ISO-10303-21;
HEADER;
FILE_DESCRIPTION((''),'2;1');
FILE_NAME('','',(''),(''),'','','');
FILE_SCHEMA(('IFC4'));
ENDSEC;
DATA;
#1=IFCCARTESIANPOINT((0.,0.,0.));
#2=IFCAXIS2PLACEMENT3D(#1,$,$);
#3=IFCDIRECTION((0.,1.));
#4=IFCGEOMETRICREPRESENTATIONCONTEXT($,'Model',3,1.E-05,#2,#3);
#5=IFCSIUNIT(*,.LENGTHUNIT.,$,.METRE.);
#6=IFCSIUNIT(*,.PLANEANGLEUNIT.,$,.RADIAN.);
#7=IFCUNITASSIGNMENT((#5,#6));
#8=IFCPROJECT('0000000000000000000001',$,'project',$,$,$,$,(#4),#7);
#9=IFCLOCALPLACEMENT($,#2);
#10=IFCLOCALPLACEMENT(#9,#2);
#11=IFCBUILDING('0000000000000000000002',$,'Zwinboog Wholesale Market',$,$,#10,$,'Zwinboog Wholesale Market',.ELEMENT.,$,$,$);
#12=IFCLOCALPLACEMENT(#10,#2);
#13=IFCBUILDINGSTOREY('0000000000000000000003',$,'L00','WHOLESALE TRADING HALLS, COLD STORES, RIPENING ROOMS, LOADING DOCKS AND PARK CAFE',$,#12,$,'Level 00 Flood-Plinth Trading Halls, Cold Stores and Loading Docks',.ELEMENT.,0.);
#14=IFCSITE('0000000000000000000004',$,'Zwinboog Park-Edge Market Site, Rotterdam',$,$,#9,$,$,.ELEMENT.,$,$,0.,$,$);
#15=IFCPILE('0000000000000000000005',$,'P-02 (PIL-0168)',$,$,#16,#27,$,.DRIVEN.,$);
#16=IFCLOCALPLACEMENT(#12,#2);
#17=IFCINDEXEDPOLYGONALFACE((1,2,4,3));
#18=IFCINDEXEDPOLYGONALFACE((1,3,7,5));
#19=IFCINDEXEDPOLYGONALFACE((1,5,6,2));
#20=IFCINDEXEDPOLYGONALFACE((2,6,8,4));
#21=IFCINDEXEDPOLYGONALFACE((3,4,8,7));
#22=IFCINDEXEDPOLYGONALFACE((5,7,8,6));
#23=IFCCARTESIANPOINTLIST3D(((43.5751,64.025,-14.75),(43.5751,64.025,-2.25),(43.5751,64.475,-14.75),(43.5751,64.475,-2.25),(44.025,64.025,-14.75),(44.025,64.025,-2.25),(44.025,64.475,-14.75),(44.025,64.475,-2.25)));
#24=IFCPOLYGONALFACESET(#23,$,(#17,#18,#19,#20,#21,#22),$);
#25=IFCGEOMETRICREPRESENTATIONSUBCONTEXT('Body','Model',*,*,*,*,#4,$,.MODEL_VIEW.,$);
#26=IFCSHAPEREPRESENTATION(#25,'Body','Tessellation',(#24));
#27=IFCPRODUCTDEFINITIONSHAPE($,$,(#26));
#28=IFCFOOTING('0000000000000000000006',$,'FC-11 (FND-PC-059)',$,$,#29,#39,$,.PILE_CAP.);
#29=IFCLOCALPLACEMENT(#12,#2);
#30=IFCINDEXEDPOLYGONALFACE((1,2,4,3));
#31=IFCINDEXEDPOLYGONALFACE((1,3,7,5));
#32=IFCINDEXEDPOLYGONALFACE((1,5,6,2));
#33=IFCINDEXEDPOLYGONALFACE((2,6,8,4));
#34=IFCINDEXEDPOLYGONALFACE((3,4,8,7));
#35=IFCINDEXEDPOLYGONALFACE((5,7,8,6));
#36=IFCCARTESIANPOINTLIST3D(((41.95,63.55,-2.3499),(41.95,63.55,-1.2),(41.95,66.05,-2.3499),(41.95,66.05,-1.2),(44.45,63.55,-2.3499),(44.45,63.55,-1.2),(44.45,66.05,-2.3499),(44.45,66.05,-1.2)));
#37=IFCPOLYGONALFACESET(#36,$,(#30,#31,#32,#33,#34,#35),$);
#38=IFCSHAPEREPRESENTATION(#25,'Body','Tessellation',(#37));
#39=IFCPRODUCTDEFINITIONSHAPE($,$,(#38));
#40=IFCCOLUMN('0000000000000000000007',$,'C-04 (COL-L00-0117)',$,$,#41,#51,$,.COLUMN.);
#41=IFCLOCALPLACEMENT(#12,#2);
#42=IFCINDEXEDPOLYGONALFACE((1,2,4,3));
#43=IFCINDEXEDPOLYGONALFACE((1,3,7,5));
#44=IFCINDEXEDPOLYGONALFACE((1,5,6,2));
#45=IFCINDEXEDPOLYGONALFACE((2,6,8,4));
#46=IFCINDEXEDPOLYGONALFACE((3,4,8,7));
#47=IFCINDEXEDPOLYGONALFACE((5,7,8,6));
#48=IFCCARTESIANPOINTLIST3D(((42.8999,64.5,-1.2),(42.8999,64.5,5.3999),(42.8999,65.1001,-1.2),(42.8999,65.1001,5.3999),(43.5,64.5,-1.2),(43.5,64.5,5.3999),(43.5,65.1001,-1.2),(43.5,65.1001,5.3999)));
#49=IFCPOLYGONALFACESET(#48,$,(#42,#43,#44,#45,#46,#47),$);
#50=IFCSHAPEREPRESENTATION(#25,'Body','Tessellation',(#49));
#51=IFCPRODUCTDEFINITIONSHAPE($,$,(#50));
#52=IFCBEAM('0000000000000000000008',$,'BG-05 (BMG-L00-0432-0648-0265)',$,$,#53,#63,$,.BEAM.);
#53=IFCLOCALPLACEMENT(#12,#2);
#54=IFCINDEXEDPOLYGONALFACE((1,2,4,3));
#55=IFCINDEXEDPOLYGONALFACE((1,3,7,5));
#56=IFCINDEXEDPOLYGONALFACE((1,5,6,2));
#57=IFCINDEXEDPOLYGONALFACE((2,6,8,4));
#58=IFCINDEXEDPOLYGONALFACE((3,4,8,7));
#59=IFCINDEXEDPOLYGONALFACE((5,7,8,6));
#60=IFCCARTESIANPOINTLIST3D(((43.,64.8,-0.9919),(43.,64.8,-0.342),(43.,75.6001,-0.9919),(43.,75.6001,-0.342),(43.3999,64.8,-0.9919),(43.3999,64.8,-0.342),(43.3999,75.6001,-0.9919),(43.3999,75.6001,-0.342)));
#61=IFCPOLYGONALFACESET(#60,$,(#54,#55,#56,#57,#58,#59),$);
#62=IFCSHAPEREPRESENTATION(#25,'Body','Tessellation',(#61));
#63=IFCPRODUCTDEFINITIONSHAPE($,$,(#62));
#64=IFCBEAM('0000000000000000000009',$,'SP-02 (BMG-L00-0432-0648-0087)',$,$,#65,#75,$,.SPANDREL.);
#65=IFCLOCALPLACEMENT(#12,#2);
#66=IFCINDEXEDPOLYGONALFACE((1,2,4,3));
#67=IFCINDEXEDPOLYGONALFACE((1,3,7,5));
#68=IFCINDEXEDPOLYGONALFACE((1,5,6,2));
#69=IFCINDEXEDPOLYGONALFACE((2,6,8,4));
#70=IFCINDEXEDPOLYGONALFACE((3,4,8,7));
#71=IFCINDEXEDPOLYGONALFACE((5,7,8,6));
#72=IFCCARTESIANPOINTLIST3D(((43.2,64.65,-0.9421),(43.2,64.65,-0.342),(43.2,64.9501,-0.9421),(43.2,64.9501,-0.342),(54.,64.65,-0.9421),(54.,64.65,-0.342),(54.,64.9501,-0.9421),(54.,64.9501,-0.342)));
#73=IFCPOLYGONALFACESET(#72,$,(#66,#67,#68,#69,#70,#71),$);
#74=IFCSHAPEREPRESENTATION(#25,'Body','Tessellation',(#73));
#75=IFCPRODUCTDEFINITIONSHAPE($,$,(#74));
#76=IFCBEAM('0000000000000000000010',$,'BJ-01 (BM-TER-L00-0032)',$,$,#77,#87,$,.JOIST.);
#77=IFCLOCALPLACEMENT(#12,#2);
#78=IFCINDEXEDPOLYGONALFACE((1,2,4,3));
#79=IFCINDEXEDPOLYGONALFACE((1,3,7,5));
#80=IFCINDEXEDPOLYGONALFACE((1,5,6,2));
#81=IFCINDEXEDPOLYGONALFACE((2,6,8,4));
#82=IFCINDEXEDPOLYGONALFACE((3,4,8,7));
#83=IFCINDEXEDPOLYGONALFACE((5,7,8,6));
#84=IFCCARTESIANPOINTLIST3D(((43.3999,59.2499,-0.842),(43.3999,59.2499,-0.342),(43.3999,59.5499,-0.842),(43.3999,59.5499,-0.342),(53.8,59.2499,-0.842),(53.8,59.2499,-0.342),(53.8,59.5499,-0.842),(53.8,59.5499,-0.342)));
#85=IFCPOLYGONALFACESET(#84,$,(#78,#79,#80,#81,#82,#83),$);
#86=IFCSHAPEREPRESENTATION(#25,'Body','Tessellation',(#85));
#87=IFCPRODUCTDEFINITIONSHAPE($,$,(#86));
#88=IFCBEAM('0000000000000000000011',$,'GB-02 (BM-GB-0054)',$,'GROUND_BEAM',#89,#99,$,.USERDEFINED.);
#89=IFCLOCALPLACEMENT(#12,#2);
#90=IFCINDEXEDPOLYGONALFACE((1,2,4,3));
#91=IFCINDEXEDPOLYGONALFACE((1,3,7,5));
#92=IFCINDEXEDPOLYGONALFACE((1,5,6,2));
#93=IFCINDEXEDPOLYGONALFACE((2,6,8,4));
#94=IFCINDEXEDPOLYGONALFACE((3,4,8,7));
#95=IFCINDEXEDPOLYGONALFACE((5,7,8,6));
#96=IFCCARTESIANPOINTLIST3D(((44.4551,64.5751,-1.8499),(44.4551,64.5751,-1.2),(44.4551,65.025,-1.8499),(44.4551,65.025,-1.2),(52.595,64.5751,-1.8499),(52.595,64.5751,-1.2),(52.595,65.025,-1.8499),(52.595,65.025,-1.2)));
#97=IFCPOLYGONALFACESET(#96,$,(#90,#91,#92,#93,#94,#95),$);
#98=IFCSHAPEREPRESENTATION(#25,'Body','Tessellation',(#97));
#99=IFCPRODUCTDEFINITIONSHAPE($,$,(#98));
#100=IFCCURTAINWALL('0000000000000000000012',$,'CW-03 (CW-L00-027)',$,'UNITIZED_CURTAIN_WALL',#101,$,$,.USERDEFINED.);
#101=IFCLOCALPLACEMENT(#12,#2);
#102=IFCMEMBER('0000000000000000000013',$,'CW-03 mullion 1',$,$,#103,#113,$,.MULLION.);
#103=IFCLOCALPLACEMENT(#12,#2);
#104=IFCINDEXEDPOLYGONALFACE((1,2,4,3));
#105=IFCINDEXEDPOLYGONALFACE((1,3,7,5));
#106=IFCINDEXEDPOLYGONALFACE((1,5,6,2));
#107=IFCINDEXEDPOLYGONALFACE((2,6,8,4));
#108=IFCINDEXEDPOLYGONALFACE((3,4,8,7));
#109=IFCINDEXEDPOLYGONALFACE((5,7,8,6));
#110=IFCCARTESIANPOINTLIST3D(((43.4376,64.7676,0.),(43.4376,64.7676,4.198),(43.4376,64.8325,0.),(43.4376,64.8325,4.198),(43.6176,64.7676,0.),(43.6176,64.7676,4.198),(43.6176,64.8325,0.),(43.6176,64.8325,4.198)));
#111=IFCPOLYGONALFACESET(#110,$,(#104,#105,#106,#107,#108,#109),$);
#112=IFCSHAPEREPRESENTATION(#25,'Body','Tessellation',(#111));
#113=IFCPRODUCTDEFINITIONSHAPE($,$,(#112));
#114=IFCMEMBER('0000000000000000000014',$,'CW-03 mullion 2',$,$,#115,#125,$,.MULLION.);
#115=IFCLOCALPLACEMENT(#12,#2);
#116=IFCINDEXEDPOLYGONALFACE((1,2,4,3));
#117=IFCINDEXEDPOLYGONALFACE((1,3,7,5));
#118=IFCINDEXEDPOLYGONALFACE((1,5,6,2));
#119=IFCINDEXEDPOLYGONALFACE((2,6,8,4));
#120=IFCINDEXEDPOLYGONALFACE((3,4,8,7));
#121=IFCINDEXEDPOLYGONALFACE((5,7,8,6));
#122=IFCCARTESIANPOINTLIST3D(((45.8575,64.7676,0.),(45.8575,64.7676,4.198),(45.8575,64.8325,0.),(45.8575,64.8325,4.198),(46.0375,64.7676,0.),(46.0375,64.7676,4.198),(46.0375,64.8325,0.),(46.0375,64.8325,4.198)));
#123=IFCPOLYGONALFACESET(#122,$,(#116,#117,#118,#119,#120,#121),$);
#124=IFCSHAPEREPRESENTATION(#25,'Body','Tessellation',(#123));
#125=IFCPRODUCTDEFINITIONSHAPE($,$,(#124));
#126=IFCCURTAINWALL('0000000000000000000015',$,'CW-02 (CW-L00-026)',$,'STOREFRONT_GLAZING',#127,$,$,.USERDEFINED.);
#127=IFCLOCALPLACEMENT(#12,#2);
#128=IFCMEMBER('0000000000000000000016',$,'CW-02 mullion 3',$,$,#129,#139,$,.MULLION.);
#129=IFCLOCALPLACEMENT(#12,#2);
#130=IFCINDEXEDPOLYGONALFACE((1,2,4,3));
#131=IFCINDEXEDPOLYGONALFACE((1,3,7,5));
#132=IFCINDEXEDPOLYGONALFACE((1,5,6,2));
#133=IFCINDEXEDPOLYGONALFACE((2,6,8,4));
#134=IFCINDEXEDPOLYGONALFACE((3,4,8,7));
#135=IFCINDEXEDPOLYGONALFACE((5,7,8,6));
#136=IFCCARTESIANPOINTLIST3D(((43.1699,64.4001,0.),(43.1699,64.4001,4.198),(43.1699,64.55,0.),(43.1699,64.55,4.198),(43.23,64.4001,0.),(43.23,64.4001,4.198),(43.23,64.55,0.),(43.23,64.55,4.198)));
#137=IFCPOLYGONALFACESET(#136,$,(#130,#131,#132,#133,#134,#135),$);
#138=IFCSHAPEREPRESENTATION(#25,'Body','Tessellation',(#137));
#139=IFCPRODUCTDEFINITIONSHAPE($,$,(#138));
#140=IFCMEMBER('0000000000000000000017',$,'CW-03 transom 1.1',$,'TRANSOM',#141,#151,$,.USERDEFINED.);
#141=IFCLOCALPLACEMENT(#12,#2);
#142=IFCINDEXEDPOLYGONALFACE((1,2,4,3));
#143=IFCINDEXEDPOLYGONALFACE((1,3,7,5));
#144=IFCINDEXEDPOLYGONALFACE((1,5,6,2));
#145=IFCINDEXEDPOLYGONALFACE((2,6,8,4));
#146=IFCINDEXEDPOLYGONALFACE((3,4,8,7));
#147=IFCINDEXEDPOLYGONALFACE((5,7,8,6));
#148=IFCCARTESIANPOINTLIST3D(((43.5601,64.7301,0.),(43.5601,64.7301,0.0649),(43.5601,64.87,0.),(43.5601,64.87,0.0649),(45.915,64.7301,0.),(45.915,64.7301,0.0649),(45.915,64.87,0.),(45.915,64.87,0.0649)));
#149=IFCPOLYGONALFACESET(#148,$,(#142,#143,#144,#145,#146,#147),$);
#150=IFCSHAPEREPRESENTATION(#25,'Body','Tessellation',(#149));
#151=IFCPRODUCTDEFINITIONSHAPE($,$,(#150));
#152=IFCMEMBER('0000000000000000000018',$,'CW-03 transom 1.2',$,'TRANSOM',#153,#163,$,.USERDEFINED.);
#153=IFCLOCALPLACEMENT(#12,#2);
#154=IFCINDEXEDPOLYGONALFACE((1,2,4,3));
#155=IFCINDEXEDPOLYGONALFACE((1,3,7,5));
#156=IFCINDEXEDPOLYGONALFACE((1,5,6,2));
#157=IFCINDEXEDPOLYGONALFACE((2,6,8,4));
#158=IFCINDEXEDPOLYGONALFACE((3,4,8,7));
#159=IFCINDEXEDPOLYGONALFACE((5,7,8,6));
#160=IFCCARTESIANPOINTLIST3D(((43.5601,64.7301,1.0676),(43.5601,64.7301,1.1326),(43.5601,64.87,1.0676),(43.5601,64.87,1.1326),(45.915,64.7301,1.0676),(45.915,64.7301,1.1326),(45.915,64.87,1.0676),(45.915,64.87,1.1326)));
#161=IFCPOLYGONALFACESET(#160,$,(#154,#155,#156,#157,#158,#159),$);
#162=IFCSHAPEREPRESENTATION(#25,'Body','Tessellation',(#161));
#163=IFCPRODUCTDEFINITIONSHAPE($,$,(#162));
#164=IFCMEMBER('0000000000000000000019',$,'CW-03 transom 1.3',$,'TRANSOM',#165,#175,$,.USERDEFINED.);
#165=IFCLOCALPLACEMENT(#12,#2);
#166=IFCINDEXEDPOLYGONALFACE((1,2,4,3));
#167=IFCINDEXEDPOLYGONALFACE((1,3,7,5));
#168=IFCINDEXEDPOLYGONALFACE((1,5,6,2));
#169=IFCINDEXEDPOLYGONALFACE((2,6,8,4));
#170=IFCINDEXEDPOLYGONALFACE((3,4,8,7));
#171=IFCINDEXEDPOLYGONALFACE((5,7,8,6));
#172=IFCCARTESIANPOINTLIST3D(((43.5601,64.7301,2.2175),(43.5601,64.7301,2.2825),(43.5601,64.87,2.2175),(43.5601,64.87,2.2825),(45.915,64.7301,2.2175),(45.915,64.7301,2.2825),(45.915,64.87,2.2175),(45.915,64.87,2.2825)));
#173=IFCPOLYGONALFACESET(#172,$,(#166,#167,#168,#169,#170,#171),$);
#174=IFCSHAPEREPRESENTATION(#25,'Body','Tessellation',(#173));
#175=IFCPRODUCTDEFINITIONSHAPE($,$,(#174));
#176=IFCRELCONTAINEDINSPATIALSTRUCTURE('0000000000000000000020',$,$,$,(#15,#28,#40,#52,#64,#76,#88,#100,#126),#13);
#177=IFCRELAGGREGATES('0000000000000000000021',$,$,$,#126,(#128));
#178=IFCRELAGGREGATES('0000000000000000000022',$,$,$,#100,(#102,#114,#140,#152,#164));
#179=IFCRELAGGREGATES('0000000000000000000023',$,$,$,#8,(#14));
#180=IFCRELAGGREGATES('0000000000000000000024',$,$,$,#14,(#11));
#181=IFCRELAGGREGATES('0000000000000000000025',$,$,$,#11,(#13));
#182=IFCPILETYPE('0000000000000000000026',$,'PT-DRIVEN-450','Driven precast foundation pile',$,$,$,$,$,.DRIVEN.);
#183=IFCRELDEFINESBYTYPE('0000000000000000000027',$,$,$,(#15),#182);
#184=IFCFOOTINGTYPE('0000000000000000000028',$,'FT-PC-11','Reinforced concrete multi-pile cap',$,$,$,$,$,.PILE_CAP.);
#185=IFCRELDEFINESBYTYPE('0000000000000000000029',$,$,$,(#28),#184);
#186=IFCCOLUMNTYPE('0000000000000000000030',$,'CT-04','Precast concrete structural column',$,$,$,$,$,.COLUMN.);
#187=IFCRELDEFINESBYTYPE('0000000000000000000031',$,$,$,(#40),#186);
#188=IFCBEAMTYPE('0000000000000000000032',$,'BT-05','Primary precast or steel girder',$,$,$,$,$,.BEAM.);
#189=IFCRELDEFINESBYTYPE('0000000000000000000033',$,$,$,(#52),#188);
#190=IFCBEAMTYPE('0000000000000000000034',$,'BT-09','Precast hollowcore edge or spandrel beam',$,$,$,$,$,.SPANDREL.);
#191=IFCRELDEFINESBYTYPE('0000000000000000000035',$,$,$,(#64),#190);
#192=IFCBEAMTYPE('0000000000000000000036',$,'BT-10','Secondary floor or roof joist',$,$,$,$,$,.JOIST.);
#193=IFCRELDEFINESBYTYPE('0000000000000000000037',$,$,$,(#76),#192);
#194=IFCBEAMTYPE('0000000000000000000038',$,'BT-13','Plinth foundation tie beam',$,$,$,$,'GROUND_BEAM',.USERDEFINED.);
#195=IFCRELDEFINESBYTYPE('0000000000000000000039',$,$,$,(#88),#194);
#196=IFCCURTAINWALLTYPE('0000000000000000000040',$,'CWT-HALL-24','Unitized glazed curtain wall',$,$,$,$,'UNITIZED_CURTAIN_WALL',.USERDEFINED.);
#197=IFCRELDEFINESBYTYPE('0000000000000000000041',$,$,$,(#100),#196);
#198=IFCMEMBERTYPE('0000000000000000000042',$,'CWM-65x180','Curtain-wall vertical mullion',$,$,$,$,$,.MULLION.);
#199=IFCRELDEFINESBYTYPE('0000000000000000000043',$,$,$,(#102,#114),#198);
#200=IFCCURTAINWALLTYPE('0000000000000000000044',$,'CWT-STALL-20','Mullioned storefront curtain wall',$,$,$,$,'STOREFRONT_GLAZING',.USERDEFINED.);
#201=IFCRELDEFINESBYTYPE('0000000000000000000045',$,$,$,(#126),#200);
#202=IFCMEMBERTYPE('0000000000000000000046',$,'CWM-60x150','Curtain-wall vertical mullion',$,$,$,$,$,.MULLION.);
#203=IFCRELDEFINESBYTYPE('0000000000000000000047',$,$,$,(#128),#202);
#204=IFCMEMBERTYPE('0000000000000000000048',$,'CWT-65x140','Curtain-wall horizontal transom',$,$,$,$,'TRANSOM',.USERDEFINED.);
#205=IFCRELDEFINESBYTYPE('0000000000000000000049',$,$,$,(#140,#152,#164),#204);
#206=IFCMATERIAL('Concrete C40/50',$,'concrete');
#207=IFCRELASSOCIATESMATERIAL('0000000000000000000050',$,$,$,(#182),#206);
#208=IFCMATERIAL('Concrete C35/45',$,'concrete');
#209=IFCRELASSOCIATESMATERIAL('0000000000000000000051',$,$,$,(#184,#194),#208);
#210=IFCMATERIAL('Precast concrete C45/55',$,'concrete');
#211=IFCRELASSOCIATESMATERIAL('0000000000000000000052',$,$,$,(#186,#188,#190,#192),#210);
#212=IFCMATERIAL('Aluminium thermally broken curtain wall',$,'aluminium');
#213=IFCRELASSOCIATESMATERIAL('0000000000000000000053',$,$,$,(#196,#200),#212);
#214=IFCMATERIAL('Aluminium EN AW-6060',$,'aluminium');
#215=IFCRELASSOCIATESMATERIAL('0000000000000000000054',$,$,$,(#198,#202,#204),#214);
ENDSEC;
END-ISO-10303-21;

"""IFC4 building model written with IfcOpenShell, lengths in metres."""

from ifc_helpers import new_model, si_unit, direction, frame, origin, origin_2d, place, context, subcontext, project, spatial, rectangle, extrude, material, material_profile, profile_set, type_object, element, aggregate, save


model = new_model("IFC4")

# Units and contexts
model_context = context("Model", 3, precision=1e-05, world=origin(), true_north=direction((0.0, 1.0)))
body_context = subcontext(model_context, "Body", "Model", "MODEL_VIEW")
ifc_project = project(units=[si_unit("LENGTHUNIT", "METRE"), si_unit("PLANEANGLEUNIT", "RADIAN")], contexts=[model_context])

# Site, building, storey
site_placement = place(None, origin())
site = spatial("IfcSite", under=ifc_project, at=site_placement, Name="Zwinboog Park-Edge Market Site, Rotterdam", CompositionType="ELEMENT", RefElevation=0.0)
building_placement = place(site_placement, origin())
building = spatial("IfcBuilding", under=site, at=building_placement, Name="Zwinboog Wholesale Market", LongName="Zwinboog Wholesale Market", CompositionType="ELEMENT")
storey_placement = place(building_placement, origin())
storey = spatial("IfcBuildingStorey", under=building, at=storey_placement, Name="L00", Description="WHOLESALE TRADING HALLS, COLD STORES, RIPENING ROOMS, LOADING DOCKS AND PARK CAFE", LongName="Level 00 Flood-Plinth Trading Halls, Cold Stores and Loading Docks", CompositionType="ELEMENT", Elevation=0.0)

# Pile
ifc_material_1 = material(Name="Concrete C40/50", Category="concrete")
ifc_material_profile_1 = material_profile(ifc_material_1, rectangle(XDim=0.45, YDim=0.45, at=origin_2d()), Name="PILE SQ450")
ifc_profile_set_1 = profile_set([ifc_material_profile_1], Name="Concrete C40/50")
pile_type = type_object("IfcPileType", Name="PT-DRIVEN-450", Description="Driven precast foundation pile", PredefinedType="DRIVEN", material=ifc_profile_set_1)
pile_placement = place(storey_placement, frame((43.8, 64.25, -2.25), z_axis=(0.0, 0.0, -1.0), x_axis=(1.0, 0.0, 0.0)))
element("IfcPile", 1, at=pile_placement, inside=storey, type_object=pile_type, Name="P-02 (PIL-0168)", PredefinedType="DRIVEN", context=body_context, shape_type="SweptSolid", body=[
    extrude(rectangle(XDim=0.45, YDim=0.45, at=origin_2d()), origin(), (0.0, 0.0, 1.0), 12.5),
])

# Footing
ifc_material_2 = material(Name="Concrete C35/45", Category="concrete")
footing_type = type_object("IfcFootingType", Name="FT-PC-11", Description="Reinforced concrete multi-pile cap", PredefinedType="PILE_CAP", material=ifc_material_2)
footing_placement = place(storey_placement, frame((43.2, 64.8, -2.3499), z_axis=(0.0, 0.0, 1.0), x_axis=(1.0, 0.0, 0.0)))
element("IfcFooting", 2, at=footing_placement, inside=storey, type_object=footing_type, Name="FC-11 (FND-PC-059)", PredefinedType="PILE_CAP", context=body_context, shape_type="SweptSolid", body=[
    extrude(rectangle(XDim=2.5, YDim=2.5, at=origin_2d()), origin(), (0.0, 0.0, 1.0), 1.1499),
])

# Column
ifc_material_3 = material(Name="Precast concrete C45/55", Category="concrete")
ifc_material_profile_2 = material_profile(ifc_material_3, rectangle(XDim=0.6001, YDim=0.6001, at=origin_2d()), Name="PC 600x600")
ifc_profile_set_2 = profile_set([ifc_material_profile_2], Name="Precast concrete C45/55")
column_type = type_object("IfcColumnType", Name="CT-04", Description="Precast concrete structural column", PredefinedType="COLUMN", material=ifc_profile_set_2)
column_placement = place(storey_placement, frame((43.2, 64.8, -1.2), z_axis=(0.0, 0.0, 1.0), x_axis=(1.0, 0.0, 0.0)))
element("IfcColumn", 3, at=column_placement, inside=storey, type_object=column_type, Name="C-04 (COL-L00-0117)", PredefinedType="COLUMN", context=body_context, shape_type="SweptSolid", body=[
    extrude(rectangle(XDim=0.6001, YDim=0.6001, at=origin_2d()), origin(), (0.0, 0.0, 1.0), 6.5999),
])

# Beams
ifc_material_profile_3 = material_profile(ifc_material_3, rectangle(XDim=0.3999, YDim=0.6499, at=origin_2d()), Name="PC 400x650")
ifc_profile_set_3 = profile_set([ifc_material_profile_3], Name="Precast concrete C45/55")
beam_type_1 = type_object("IfcBeamType", Name="BT-05", Description="Primary precast or steel girder", PredefinedType="BEAM", material=ifc_profile_set_3)
beam_1_placement = place(storey_placement, frame((43.2, 64.8, -0.667), z_axis=(0.0, 1.0, 0.0), x_axis=(-1.0, 0.0, 0.0)))
element("IfcBeam", 4, at=beam_1_placement, inside=storey, type_object=beam_type_1, Name="BG-05 (BMG-L00-0432-0648-0265)", PredefinedType="BEAM", context=body_context, shape_type="SweptSolid", body=[
    extrude(rectangle(XDim=0.3999, YDim=0.6499, at=origin_2d()), origin(), (0.0, 0.0, 1.0), 10.8),
])
ifc_material_profile_4 = material_profile(ifc_material_3, rectangle(XDim=0.3, YDim=0.6001, at=origin_2d()), Name="PC 300x600")
ifc_profile_set_4 = profile_set([ifc_material_profile_4], Name="Precast concrete C45/55")
beam_type_2 = type_object("IfcBeamType", Name="BT-09", Description="Precast hollowcore edge or spandrel beam", PredefinedType="SPANDREL", material=ifc_profile_set_4)
beam_2_placement = place(storey_placement, frame((43.2, 64.8, -0.6421), z_axis=(1.0, 0.0, 0.0), x_axis=(0.0, 1.0, 0.0)))
element("IfcBeam", 5, at=beam_2_placement, inside=storey, type_object=beam_type_2, Name="SP-02 (BMG-L00-0432-0648-0087)", PredefinedType="SPANDREL", context=body_context, shape_type="SweptSolid", body=[
    extrude(rectangle(XDim=0.3, YDim=0.6001, at=origin_2d()), origin(), (0.0, 0.0, 1.0), 10.8),
])
ifc_material_profile_5 = material_profile(ifc_material_3, rectangle(XDim=0.3, YDim=0.5, at=origin_2d()), Name="PC 300x500")
ifc_profile_set_5 = profile_set([ifc_material_profile_5], Name="Precast concrete C45/55")
beam_type_3 = type_object("IfcBeamType", Name="BT-10", Description="Secondary floor or roof joist", PredefinedType="JOIST", material=ifc_profile_set_5)
beam_3_placement = place(storey_placement, frame((43.3999, 59.3999, -0.592), z_axis=(1.0, 0.0, 0.0), x_axis=(0.0, 1.0, 0.0)))
element("IfcBeam", 6, at=beam_3_placement, inside=storey, type_object=beam_type_3, Name="BJ-01 (BM-TER-L00-0032)", PredefinedType="JOIST", context=body_context, shape_type="SweptSolid", body=[
    extrude(rectangle(XDim=0.3, YDim=0.5, at=origin_2d()), origin(), (0.0, 0.0, 1.0), 10.4001),
])
ifc_material_profile_6 = material_profile(ifc_material_2, rectangle(XDim=0.45, YDim=0.6499, at=origin_2d()), Name="RC 450x650")
ifc_profile_set_6 = profile_set([ifc_material_profile_6], Name="Concrete C35/45")
beam_type_4 = type_object("IfcBeamType", Name="BT-13", Description="Plinth foundation tie beam", ElementType="GROUND_BEAM", PredefinedType="USERDEFINED", material=ifc_profile_set_6)
beam_4_placement = place(storey_placement, frame((44.4551, 64.8, -1.5249), z_axis=(1.0, 0.0, 0.0), x_axis=(0.0, 1.0, 0.0)))
element("IfcBeam", 7, at=beam_4_placement, inside=storey, type_object=beam_type_4, Name="GB-02 (BM-GB-0054)", ObjectType="GROUND_BEAM", PredefinedType="USERDEFINED", context=body_context, shape_type="SweptSolid", body=[
    extrude(rectangle(XDim=0.45, YDim=0.6499, at=origin_2d()), origin(), (0.0, 0.0, 1.0), 8.1399),
])

# Curtain wall, members
ifc_material_4 = material(Name="Aluminium thermally broken curtain wall", Category="aluminium")
curtain_wall_type_1 = type_object("IfcCurtainWallType", Name="CWT-HALL-24", Description="Unitized glazed curtain wall", ElementType="UNITIZED_CURTAIN_WALL", PredefinedType="USERDEFINED", material=ifc_material_4)
curtain_wall_1_placement = place(storey_placement, origin())
curtain_wall_1 = element("IfcCurtainWall", 8, at=curtain_wall_1_placement, inside=storey, type_object=curtain_wall_type_1, Name="CW-03 (CW-L00-027)", ObjectType="UNITIZED_CURTAIN_WALL", PredefinedType="USERDEFINED")
ifc_material_5 = material(Name="Aluminium EN AW-6060", Category="aluminium")
ifc_material_profile_7 = material_profile(ifc_material_5, rectangle(XDim=0.0649, YDim=0.1799, at=origin_2d()), Name="AL 65x180")
ifc_profile_set_7 = profile_set([ifc_material_profile_7], Name="Aluminium EN AW-6060")
member_type_1 = type_object("IfcMemberType", Name="CWM-65x180", Description="Curtain-wall vertical mullion", PredefinedType="MULLION", material=ifc_profile_set_7)
member_1_placement = place(storey_placement, frame((43.5276, 64.8, 0.0), z_axis=(0.0, 0.0, 1.0), x_axis=(0.0, 1.0, 0.0)))
member_1 = element("IfcMember", 9, at=member_1_placement, type_object=member_type_1, Name="CW-03 mullion 1", PredefinedType="MULLION", context=body_context, shape_type="SweptSolid", body=[
    extrude(rectangle(XDim=0.0649, YDim=0.1799, at=origin_2d()), origin(), (0.0, 0.0, 1.0), 4.198),
])
member_2_placement = place(storey_placement, frame((45.9475, 64.8, 0.0), z_axis=(0.0, 0.0, 1.0), x_axis=(0.0, 1.0, 0.0)))
member_2 = element("IfcMember", 10, at=member_2_placement, type_object=member_type_1, Name="CW-03 mullion 2", PredefinedType="MULLION", context=body_context, shape_type="SweptSolid", body=[
    extrude(rectangle(XDim=0.0649, YDim=0.1799, at=origin_2d()), origin(), (0.0, 0.0, 1.0), 4.198),
])

# Curtain wall, member
curtain_wall_type_2 = type_object("IfcCurtainWallType", Name="CWT-STALL-20", Description="Mullioned storefront curtain wall", ElementType="STOREFRONT_GLAZING", PredefinedType="USERDEFINED", material=ifc_material_4)
curtain_wall_2_placement = place(storey_placement, origin())
curtain_wall_2 = element("IfcCurtainWall", 11, at=curtain_wall_2_placement, inside=storey, type_object=curtain_wall_type_2, Name="CW-02 (CW-L00-026)", ObjectType="STOREFRONT_GLAZING", PredefinedType="USERDEFINED")
ifc_material_profile_8 = material_profile(ifc_material_5, rectangle(XDim=0.0601, YDim=0.1499, at=origin_2d()), Name="AL 60x150")
ifc_profile_set_8 = profile_set([ifc_material_profile_8], Name="Aluminium EN AW-6060")
member_type_2 = type_object("IfcMemberType", Name="CWM-60x150", Description="Curtain-wall vertical mullion", PredefinedType="MULLION", material=ifc_profile_set_8)
member_3_placement = place(storey_placement, frame((43.2, 64.4751, 0.0), z_axis=(0.0, 0.0, 1.0), x_axis=(-1.0, 0.0, 0.0)))
member_3 = element("IfcMember", 12, at=member_3_placement, type_object=member_type_2, Name="CW-02 mullion 3", PredefinedType="MULLION", context=body_context, shape_type="SweptSolid", body=[
    extrude(rectangle(XDim=0.0601, YDim=0.1499, at=origin_2d()), origin(), (0.0, 0.0, 1.0), 4.198),
])
aggregate(curtain_wall_2, [member_3])

# Members
ifc_material_profile_9 = material_profile(ifc_material_5, rectangle(XDim=0.1399, YDim=0.0649, at=origin_2d()), Name="AL 65x140")
ifc_profile_set_9 = profile_set([ifc_material_profile_9], Name="Aluminium EN AW-6060")
member_type_3 = type_object("IfcMemberType", Name="CWT-65x140", Description="Curtain-wall horizontal transom", ElementType="TRANSOM", PredefinedType="USERDEFINED", material=ifc_profile_set_9)
member_4_placement = place(storey_placement, frame((43.5601, 64.8, 0.0325), z_axis=(1.0, 0.0, 0.0), x_axis=(0.0, 1.0, 0.0)))
member_4 = element("IfcMember", 13, at=member_4_placement, type_object=member_type_3, Name="CW-03 transom 1.1", ObjectType="TRANSOM", PredefinedType="USERDEFINED", context=body_context, shape_type="SweptSolid", body=[
    extrude(rectangle(XDim=0.1399, YDim=0.0649, at=origin_2d()), origin(), (0.0, 0.0, 1.0), 2.355),
])
member_5_placement = place(storey_placement, frame((43.5601, 64.8, 1.1001), z_axis=(1.0, 0.0, 0.0), x_axis=(0.0, 1.0, 0.0)))
member_5 = element("IfcMember", 14, at=member_5_placement, type_object=member_type_3, Name="CW-03 transom 1.2", ObjectType="TRANSOM", PredefinedType="USERDEFINED", context=body_context, shape_type="SweptSolid", body=[
    extrude(rectangle(XDim=0.1399, YDim=0.0649, at=origin_2d()), origin(), (0.0, 0.0, 1.0), 2.355),
])
member_6_placement = place(storey_placement, frame((43.5601, 64.8, 2.25), z_axis=(1.0, 0.0, 0.0), x_axis=(0.0, 1.0, 0.0)))
member_6 = element("IfcMember", 15, at=member_6_placement, type_object=member_type_3, Name="CW-03 transom 1.3", ObjectType="TRANSOM", PredefinedType="USERDEFINED", context=body_context, shape_type="SweptSolid", body=[
    extrude(rectangle(XDim=0.1399, YDim=0.0649, at=origin_2d()), origin(), (0.0, 0.0, 1.0), 2.355),
])

aggregate(curtain_wall_1, [member_1, member_2, member_4, member_5, member_6])

save(model, "model.ifc")
